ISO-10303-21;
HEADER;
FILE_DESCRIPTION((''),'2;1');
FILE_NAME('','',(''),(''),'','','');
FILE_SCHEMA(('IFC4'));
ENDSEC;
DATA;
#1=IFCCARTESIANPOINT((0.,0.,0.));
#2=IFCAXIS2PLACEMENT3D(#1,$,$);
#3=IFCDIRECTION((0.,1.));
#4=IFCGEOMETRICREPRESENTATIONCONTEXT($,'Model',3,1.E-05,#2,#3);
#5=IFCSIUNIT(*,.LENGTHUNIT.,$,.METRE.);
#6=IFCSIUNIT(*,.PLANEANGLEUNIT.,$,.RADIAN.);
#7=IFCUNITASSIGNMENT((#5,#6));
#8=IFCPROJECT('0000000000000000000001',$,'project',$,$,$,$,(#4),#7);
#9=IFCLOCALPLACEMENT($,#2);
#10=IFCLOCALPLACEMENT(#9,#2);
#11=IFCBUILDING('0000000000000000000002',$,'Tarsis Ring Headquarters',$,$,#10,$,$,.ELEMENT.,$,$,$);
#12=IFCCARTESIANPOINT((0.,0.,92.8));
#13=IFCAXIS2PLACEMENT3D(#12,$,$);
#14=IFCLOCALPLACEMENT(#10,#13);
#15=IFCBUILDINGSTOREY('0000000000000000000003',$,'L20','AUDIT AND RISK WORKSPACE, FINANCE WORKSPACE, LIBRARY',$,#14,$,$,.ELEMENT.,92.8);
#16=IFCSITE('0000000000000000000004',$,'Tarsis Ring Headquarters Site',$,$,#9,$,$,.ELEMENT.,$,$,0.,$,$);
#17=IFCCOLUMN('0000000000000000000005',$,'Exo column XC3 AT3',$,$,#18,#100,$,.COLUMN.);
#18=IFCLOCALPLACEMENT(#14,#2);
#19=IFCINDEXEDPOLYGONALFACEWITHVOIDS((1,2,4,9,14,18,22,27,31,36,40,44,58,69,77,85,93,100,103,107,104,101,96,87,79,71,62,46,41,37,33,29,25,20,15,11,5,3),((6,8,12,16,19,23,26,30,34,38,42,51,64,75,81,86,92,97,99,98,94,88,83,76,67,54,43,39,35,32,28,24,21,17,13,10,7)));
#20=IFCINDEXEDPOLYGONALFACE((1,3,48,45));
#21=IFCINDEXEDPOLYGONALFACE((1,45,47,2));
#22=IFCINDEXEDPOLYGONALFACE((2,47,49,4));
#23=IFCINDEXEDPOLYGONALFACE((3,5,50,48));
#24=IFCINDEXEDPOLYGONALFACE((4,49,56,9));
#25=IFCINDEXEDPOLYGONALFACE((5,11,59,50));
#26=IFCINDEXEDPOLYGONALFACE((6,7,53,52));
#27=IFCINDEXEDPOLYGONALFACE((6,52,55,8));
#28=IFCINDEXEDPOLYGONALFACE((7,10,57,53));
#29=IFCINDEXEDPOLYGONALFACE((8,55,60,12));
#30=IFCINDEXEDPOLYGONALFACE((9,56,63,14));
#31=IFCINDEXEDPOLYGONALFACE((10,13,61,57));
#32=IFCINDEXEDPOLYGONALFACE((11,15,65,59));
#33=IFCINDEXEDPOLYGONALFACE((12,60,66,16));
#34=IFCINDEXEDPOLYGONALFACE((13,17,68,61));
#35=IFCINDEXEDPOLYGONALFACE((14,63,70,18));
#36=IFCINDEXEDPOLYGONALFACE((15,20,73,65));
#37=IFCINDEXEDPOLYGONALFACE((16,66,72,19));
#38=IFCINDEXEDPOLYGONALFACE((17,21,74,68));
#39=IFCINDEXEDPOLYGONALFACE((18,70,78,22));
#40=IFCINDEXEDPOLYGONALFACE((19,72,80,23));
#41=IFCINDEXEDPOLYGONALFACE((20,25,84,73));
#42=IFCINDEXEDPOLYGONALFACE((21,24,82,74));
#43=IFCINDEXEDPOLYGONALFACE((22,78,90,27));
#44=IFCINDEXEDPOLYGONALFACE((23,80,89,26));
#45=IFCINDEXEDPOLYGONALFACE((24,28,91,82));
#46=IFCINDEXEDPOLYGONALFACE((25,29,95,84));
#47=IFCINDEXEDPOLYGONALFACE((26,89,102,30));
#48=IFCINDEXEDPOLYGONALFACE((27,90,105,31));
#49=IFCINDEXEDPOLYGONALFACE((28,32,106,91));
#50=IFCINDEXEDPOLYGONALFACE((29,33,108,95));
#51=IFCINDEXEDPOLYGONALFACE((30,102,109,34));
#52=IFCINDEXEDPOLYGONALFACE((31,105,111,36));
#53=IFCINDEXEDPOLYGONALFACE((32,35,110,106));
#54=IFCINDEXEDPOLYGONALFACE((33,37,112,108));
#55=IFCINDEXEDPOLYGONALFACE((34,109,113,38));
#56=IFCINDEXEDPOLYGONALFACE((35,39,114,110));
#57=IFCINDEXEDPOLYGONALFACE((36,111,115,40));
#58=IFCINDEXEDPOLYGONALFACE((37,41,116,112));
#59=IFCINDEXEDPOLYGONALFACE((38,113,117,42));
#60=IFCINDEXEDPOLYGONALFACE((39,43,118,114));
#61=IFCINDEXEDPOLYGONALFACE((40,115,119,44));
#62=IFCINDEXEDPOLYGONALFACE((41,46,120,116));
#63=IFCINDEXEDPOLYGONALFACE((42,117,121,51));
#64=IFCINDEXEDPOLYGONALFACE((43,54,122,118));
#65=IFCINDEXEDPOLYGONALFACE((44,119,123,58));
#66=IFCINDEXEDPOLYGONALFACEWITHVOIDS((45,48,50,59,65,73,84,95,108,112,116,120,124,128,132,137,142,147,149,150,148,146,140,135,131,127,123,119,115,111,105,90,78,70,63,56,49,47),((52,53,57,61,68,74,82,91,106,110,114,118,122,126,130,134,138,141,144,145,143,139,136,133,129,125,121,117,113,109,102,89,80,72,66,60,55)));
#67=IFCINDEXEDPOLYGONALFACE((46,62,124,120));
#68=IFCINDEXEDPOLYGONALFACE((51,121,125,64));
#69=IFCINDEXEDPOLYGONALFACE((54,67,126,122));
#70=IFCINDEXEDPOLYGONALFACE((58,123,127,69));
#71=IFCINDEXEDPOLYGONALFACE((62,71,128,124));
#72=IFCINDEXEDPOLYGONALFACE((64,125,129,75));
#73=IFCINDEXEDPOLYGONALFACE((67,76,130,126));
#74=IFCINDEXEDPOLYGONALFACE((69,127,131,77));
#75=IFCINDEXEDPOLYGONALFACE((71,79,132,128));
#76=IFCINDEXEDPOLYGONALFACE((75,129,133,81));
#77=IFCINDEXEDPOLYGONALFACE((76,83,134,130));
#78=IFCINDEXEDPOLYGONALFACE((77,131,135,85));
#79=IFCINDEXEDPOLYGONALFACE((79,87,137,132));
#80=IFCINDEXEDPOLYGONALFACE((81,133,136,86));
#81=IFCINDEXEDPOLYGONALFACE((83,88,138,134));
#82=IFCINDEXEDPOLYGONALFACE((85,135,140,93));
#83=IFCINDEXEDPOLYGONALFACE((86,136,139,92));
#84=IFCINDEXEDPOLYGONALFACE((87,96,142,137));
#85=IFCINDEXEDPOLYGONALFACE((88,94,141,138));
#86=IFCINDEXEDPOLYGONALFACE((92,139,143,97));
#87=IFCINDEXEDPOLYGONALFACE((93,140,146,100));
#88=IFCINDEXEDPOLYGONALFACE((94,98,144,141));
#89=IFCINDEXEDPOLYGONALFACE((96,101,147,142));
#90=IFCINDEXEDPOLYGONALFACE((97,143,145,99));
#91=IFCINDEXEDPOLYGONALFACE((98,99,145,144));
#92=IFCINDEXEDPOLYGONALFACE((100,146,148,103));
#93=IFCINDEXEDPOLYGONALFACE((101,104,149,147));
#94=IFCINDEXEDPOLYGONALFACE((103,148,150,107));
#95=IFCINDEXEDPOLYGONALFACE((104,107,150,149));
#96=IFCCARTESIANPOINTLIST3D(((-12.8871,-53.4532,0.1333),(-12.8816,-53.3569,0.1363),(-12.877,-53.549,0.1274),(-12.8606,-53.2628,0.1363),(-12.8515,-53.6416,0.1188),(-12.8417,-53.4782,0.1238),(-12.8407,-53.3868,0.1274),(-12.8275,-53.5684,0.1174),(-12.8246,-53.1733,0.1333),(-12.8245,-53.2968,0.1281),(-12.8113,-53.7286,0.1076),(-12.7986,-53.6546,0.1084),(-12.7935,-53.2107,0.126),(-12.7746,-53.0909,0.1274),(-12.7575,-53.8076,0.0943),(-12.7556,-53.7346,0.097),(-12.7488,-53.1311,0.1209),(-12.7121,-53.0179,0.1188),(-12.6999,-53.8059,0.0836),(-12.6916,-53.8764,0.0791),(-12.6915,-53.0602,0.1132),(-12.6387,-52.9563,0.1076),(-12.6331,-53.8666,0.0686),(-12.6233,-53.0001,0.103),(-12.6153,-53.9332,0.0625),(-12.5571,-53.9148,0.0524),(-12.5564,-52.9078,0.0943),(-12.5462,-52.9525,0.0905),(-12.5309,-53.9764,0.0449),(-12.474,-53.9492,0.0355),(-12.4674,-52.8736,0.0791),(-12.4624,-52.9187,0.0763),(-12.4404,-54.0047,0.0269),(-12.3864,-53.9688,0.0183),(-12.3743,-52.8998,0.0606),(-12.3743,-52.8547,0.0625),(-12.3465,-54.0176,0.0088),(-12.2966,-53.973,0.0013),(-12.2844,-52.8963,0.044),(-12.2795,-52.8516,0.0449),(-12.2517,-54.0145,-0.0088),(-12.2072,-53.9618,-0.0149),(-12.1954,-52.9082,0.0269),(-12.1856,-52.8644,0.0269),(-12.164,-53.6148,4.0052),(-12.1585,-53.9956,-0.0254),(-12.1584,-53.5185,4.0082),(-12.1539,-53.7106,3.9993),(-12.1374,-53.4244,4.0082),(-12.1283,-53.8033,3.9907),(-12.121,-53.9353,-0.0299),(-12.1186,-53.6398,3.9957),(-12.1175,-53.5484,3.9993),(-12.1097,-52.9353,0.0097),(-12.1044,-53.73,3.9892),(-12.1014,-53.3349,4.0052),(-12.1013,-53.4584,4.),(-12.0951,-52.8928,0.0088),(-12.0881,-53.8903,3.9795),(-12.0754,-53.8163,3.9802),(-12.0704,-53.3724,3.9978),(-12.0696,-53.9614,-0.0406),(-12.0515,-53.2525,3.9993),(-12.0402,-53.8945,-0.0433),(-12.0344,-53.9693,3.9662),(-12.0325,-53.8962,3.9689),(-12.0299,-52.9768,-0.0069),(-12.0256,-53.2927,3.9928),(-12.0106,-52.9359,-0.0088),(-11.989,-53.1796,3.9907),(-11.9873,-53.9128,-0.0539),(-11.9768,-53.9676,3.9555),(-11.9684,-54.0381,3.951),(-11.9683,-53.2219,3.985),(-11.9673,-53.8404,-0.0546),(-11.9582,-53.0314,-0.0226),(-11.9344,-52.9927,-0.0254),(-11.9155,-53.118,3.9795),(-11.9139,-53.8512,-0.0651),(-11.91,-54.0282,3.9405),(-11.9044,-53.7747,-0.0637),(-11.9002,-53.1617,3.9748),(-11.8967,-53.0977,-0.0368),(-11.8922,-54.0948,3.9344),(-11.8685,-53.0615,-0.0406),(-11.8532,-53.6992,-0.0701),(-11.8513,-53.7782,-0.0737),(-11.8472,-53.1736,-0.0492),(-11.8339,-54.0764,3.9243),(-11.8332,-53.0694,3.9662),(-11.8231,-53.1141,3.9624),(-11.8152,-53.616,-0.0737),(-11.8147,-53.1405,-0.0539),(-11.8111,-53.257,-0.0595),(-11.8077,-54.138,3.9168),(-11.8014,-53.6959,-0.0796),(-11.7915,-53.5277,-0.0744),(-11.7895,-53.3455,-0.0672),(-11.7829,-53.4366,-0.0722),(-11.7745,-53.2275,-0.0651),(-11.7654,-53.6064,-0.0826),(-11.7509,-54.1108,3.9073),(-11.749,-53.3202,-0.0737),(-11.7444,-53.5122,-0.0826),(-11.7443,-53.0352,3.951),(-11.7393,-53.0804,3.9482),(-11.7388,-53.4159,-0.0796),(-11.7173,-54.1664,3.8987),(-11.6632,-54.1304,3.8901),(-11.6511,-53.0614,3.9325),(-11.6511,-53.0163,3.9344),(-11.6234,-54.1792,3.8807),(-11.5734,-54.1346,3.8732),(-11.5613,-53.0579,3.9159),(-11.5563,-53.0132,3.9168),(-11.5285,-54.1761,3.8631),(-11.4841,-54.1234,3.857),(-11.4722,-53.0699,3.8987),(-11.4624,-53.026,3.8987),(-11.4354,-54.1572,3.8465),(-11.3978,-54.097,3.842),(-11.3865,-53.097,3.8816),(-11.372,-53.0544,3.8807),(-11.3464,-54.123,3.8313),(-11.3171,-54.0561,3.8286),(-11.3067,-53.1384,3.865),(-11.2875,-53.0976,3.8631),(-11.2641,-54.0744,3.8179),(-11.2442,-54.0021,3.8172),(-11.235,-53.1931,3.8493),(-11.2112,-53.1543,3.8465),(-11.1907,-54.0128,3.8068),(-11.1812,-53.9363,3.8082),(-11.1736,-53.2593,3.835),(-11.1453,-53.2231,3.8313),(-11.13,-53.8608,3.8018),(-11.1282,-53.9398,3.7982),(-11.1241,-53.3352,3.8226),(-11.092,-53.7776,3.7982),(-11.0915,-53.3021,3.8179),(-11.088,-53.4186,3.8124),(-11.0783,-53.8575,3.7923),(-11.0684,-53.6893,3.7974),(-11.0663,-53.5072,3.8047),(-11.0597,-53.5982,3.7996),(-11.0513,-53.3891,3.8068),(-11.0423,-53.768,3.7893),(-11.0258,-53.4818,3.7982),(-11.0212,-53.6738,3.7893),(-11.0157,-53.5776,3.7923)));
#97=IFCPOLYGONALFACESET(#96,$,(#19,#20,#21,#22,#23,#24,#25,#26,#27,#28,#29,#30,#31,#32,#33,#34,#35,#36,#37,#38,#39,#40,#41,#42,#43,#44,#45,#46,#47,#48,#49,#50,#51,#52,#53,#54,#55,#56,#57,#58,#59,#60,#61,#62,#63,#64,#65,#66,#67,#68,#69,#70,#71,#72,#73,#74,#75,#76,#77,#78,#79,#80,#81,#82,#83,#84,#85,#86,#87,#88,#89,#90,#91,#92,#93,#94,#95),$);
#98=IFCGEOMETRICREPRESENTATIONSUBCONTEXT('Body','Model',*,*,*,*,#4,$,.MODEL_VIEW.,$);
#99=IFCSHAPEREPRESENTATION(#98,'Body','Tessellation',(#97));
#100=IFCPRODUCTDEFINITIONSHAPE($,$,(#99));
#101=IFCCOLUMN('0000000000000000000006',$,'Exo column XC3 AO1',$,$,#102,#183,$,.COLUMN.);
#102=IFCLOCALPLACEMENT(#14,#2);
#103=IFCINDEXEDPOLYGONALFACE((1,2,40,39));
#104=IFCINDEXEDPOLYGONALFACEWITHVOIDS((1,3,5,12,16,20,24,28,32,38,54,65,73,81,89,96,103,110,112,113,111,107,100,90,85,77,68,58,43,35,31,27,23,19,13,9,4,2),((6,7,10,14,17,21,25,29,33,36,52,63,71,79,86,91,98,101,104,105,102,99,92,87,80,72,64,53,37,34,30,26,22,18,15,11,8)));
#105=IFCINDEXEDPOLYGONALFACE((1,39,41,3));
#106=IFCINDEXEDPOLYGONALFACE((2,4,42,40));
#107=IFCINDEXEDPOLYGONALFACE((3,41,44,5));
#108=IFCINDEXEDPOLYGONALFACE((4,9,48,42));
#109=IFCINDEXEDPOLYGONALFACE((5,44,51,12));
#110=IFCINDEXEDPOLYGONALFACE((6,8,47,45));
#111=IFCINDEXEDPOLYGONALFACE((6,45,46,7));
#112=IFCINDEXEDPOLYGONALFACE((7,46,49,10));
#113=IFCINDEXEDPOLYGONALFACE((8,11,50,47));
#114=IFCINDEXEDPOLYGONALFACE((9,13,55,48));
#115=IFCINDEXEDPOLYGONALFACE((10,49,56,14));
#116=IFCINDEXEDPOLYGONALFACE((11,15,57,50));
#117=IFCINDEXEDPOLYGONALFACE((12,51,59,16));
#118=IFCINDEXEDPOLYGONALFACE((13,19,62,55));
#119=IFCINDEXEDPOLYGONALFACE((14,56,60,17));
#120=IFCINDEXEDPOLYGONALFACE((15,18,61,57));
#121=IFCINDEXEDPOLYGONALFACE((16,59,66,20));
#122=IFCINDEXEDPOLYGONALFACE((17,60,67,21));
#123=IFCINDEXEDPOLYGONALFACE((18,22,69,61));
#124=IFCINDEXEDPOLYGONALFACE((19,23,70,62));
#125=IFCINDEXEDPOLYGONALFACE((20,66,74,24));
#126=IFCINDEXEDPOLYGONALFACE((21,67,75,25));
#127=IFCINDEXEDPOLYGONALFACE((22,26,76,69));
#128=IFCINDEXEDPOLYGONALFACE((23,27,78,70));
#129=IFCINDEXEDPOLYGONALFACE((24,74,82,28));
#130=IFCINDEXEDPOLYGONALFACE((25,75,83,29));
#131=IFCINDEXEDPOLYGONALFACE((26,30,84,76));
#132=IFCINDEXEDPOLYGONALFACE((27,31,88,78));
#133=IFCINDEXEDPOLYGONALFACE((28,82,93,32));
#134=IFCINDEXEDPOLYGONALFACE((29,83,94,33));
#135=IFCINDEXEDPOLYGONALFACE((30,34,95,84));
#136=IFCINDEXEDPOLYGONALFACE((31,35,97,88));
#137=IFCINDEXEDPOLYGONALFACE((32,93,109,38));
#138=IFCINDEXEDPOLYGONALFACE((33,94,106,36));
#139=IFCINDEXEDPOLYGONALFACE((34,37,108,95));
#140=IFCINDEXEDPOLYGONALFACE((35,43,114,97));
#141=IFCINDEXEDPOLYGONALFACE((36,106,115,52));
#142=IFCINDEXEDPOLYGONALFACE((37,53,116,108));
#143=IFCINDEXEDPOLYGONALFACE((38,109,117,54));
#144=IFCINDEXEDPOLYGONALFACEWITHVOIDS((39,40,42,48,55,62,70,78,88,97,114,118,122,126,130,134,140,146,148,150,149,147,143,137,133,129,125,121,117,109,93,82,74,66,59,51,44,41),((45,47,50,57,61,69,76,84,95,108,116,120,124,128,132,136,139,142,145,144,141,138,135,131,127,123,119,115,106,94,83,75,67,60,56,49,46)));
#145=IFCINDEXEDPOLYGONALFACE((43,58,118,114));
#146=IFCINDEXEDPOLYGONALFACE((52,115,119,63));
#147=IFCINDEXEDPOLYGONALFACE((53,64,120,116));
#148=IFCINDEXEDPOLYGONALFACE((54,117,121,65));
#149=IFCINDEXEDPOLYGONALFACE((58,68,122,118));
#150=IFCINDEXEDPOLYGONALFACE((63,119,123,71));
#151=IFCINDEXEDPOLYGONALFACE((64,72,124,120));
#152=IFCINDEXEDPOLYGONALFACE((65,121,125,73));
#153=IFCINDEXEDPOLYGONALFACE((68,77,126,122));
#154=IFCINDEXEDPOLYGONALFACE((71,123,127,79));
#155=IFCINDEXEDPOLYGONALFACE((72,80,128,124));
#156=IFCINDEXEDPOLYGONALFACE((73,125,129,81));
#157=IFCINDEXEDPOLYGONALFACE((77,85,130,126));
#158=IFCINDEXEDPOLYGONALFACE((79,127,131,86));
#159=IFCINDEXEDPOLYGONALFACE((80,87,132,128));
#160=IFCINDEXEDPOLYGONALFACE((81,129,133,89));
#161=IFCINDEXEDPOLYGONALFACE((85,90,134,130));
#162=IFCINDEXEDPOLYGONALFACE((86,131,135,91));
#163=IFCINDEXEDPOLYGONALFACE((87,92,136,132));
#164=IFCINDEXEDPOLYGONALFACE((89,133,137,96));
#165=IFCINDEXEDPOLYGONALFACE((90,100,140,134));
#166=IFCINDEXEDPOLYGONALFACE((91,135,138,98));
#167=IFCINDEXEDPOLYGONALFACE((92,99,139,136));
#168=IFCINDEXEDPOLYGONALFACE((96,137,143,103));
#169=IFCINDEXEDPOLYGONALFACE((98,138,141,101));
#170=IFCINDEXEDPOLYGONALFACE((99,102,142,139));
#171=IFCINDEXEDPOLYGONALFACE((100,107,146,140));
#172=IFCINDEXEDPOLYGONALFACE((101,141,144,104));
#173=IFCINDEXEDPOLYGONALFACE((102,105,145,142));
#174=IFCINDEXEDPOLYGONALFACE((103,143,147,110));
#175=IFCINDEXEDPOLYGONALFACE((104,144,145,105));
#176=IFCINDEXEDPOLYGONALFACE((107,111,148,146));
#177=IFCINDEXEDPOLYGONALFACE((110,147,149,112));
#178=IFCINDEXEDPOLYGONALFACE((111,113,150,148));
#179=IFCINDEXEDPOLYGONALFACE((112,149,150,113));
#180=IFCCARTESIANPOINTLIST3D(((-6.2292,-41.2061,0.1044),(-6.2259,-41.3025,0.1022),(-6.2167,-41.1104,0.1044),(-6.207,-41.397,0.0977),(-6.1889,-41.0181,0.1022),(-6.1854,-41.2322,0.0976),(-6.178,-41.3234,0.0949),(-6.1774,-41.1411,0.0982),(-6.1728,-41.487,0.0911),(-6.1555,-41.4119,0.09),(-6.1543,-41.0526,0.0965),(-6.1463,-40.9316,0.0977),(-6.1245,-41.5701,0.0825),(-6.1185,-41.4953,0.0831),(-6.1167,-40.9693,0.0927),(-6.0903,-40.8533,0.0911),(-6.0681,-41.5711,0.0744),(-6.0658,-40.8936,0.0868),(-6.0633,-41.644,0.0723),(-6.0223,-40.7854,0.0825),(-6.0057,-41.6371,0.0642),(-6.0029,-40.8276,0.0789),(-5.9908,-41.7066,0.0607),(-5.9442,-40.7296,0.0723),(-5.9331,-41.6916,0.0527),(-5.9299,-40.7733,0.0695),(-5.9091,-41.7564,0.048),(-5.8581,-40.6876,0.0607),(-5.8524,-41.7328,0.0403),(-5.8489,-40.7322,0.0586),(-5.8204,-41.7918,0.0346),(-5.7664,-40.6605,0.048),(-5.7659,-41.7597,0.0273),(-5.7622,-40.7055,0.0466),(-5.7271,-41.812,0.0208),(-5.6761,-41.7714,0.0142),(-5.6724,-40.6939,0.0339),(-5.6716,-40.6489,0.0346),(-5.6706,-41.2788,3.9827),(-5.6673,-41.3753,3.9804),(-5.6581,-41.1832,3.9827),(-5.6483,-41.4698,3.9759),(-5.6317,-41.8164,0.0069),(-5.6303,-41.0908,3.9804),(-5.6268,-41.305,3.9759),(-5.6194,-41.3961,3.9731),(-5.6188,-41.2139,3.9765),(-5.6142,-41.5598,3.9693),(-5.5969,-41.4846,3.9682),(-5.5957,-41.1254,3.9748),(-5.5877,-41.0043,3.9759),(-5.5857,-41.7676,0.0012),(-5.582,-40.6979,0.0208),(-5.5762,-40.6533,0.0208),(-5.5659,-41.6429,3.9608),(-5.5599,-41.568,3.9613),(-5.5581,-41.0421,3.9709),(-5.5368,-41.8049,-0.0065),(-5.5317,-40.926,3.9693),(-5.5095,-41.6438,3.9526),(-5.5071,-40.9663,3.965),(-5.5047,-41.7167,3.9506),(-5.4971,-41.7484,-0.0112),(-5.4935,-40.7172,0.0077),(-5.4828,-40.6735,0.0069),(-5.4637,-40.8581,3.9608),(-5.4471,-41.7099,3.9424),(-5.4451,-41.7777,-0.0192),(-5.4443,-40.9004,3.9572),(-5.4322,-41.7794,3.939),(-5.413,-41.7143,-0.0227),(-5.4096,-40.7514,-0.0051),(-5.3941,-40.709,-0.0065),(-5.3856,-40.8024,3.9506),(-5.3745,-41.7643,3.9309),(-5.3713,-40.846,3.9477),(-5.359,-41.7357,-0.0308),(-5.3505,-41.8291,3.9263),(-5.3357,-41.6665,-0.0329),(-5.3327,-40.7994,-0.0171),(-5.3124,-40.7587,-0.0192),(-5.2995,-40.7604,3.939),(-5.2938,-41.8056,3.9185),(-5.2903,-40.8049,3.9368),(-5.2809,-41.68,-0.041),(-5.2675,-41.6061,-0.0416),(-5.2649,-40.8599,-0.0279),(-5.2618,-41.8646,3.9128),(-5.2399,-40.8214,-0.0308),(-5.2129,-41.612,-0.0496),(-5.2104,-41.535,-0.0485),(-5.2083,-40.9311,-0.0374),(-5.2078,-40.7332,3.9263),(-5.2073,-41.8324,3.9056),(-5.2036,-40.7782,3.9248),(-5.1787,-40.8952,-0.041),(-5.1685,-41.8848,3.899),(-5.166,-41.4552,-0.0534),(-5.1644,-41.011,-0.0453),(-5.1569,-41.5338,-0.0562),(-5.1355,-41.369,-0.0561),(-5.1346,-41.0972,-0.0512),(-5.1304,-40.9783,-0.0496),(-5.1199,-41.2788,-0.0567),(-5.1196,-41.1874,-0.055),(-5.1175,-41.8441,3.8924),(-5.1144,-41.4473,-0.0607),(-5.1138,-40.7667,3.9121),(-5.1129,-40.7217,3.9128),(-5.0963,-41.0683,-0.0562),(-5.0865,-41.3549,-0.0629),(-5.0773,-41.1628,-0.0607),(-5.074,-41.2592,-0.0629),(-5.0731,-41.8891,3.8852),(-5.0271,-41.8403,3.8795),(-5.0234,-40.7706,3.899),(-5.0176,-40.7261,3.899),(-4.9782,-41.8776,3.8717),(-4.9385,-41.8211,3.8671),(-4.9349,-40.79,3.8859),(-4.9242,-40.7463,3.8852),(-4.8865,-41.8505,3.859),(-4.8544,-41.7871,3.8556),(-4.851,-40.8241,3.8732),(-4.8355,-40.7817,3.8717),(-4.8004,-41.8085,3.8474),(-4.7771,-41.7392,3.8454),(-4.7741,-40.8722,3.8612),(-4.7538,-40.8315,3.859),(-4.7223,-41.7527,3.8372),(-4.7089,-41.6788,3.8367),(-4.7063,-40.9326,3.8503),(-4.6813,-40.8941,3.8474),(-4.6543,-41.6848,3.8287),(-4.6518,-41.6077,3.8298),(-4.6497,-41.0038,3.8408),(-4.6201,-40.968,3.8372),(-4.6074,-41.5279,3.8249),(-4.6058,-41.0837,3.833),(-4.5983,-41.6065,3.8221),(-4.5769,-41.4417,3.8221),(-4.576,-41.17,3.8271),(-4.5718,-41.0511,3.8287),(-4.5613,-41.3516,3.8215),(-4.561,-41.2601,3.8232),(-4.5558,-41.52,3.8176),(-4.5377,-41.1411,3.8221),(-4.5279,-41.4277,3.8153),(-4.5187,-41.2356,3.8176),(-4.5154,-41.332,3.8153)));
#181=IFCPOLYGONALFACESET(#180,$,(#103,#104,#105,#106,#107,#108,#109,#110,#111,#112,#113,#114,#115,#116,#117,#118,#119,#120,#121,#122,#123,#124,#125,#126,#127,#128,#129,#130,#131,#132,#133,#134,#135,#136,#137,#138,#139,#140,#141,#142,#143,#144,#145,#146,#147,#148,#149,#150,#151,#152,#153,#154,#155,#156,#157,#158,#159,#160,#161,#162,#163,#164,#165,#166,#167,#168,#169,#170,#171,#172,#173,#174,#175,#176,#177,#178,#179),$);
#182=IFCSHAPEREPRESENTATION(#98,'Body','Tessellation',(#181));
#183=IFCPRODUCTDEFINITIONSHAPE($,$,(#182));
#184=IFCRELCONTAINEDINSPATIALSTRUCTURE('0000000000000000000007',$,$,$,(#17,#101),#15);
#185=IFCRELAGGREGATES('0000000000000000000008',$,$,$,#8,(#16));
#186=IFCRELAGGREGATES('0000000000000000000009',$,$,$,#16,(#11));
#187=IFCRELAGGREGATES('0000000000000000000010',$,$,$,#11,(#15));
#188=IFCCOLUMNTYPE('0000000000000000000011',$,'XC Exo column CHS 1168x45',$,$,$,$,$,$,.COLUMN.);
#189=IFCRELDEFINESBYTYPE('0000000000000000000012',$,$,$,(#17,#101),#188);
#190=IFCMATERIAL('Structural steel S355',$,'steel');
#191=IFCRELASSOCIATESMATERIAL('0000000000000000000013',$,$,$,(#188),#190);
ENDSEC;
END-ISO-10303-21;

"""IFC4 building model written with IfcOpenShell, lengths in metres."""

from ifc_helpers import new_model, si_unit, direction, frame, origin, origin_2d, place, context, subcontext, project, spatial, hollow_circle, extrude, material, material_profile, profile_set, type_object, element, save


model = new_model("IFC4")

# Units and contexts
model_context = context("Model", 3, precision=1e-05, world=origin(), true_north=direction((0.0, 1.0)))
body_context = subcontext(model_context, "Body", "Model", "MODEL_VIEW")
ifc_project = project(units=[si_unit("LENGTHUNIT", "METRE"), si_unit("PLANEANGLEUNIT", "RADIAN")], contexts=[model_context])

# Site, building, storey
site_placement = place(None, origin())
site = spatial("IfcSite", under=ifc_project, at=site_placement, Name="Tarsis Ring Headquarters Site", CompositionType="ELEMENT", RefElevation=0.0)
building_placement = place(site_placement, origin())
building = spatial("IfcBuilding", under=site, at=building_placement, Name="Tarsis Ring Headquarters", CompositionType="ELEMENT")
storey_placement = place(building_placement, frame((0.0, 0.0, 92.8)))
storey = spatial("IfcBuildingStorey", under=building, at=storey_placement, Name="L20", Description="AUDIT AND RISK WORKSPACE, FINANCE WORKSPACE, LIBRARY", CompositionType="ELEMENT", Elevation=92.8)

# Columns
ifc_material_1 = material(Name="Structural steel S355", Category="steel")
ifc_material_profile_1 = material_profile(ifc_material_1, hollow_circle(Radius=0.5842, WallThickness=0.0449, at=origin_2d()), Name="CHS 1168x45")
ifc_profile_set_1 = profile_set([ifc_material_profile_1], Name="Structural steel S355")
column_type = type_object("IfcColumnType", Name="XC Exo column CHS 1168x45", PredefinedType="COLUMN", material=ifc_profile_set_1)
column_1_placement = place(storey_placement, frame((-12.313, -53.4346, 0.0269), z_axis=(0.183442, -0.040999, 0.982175), x_axis=(0.218116, 0.975923, 0.0)))
element("IfcColumn", 1, at=column_1_placement, inside=storey, type_object=column_type, Name="Exo column XC3 AT3", PredefinedType="COLUMN", context=body_context, shape_type="SweptSolid", body=[
    extrude(hollow_circle(Radius=0.5842, WallThickness=0.0449, at=origin_2d()), origin(), (0.0, 0.0, 1.0), 3.9421),
])
column_2_placement = place(storey_placement, frame((-5.6516, -41.2327, 0.0208), z_axis=(0.142539, -0.018565, 0.989615), x_axis=(0.129154, 0.991625, 0.0)))
element("IfcColumn", 2, at=column_2_placement, inside=storey, type_object=column_type, Name="Exo column XC3 AO1", PredefinedType="COLUMN", context=body_context, shape_type="SweptSolid", body=[
    extrude(hollow_circle(Radius=0.5842, WallThickness=0.0449, at=origin_2d()), origin(), (0.0, 0.0, 1.0), 3.9189),
])

save(model, "model.ifc")
